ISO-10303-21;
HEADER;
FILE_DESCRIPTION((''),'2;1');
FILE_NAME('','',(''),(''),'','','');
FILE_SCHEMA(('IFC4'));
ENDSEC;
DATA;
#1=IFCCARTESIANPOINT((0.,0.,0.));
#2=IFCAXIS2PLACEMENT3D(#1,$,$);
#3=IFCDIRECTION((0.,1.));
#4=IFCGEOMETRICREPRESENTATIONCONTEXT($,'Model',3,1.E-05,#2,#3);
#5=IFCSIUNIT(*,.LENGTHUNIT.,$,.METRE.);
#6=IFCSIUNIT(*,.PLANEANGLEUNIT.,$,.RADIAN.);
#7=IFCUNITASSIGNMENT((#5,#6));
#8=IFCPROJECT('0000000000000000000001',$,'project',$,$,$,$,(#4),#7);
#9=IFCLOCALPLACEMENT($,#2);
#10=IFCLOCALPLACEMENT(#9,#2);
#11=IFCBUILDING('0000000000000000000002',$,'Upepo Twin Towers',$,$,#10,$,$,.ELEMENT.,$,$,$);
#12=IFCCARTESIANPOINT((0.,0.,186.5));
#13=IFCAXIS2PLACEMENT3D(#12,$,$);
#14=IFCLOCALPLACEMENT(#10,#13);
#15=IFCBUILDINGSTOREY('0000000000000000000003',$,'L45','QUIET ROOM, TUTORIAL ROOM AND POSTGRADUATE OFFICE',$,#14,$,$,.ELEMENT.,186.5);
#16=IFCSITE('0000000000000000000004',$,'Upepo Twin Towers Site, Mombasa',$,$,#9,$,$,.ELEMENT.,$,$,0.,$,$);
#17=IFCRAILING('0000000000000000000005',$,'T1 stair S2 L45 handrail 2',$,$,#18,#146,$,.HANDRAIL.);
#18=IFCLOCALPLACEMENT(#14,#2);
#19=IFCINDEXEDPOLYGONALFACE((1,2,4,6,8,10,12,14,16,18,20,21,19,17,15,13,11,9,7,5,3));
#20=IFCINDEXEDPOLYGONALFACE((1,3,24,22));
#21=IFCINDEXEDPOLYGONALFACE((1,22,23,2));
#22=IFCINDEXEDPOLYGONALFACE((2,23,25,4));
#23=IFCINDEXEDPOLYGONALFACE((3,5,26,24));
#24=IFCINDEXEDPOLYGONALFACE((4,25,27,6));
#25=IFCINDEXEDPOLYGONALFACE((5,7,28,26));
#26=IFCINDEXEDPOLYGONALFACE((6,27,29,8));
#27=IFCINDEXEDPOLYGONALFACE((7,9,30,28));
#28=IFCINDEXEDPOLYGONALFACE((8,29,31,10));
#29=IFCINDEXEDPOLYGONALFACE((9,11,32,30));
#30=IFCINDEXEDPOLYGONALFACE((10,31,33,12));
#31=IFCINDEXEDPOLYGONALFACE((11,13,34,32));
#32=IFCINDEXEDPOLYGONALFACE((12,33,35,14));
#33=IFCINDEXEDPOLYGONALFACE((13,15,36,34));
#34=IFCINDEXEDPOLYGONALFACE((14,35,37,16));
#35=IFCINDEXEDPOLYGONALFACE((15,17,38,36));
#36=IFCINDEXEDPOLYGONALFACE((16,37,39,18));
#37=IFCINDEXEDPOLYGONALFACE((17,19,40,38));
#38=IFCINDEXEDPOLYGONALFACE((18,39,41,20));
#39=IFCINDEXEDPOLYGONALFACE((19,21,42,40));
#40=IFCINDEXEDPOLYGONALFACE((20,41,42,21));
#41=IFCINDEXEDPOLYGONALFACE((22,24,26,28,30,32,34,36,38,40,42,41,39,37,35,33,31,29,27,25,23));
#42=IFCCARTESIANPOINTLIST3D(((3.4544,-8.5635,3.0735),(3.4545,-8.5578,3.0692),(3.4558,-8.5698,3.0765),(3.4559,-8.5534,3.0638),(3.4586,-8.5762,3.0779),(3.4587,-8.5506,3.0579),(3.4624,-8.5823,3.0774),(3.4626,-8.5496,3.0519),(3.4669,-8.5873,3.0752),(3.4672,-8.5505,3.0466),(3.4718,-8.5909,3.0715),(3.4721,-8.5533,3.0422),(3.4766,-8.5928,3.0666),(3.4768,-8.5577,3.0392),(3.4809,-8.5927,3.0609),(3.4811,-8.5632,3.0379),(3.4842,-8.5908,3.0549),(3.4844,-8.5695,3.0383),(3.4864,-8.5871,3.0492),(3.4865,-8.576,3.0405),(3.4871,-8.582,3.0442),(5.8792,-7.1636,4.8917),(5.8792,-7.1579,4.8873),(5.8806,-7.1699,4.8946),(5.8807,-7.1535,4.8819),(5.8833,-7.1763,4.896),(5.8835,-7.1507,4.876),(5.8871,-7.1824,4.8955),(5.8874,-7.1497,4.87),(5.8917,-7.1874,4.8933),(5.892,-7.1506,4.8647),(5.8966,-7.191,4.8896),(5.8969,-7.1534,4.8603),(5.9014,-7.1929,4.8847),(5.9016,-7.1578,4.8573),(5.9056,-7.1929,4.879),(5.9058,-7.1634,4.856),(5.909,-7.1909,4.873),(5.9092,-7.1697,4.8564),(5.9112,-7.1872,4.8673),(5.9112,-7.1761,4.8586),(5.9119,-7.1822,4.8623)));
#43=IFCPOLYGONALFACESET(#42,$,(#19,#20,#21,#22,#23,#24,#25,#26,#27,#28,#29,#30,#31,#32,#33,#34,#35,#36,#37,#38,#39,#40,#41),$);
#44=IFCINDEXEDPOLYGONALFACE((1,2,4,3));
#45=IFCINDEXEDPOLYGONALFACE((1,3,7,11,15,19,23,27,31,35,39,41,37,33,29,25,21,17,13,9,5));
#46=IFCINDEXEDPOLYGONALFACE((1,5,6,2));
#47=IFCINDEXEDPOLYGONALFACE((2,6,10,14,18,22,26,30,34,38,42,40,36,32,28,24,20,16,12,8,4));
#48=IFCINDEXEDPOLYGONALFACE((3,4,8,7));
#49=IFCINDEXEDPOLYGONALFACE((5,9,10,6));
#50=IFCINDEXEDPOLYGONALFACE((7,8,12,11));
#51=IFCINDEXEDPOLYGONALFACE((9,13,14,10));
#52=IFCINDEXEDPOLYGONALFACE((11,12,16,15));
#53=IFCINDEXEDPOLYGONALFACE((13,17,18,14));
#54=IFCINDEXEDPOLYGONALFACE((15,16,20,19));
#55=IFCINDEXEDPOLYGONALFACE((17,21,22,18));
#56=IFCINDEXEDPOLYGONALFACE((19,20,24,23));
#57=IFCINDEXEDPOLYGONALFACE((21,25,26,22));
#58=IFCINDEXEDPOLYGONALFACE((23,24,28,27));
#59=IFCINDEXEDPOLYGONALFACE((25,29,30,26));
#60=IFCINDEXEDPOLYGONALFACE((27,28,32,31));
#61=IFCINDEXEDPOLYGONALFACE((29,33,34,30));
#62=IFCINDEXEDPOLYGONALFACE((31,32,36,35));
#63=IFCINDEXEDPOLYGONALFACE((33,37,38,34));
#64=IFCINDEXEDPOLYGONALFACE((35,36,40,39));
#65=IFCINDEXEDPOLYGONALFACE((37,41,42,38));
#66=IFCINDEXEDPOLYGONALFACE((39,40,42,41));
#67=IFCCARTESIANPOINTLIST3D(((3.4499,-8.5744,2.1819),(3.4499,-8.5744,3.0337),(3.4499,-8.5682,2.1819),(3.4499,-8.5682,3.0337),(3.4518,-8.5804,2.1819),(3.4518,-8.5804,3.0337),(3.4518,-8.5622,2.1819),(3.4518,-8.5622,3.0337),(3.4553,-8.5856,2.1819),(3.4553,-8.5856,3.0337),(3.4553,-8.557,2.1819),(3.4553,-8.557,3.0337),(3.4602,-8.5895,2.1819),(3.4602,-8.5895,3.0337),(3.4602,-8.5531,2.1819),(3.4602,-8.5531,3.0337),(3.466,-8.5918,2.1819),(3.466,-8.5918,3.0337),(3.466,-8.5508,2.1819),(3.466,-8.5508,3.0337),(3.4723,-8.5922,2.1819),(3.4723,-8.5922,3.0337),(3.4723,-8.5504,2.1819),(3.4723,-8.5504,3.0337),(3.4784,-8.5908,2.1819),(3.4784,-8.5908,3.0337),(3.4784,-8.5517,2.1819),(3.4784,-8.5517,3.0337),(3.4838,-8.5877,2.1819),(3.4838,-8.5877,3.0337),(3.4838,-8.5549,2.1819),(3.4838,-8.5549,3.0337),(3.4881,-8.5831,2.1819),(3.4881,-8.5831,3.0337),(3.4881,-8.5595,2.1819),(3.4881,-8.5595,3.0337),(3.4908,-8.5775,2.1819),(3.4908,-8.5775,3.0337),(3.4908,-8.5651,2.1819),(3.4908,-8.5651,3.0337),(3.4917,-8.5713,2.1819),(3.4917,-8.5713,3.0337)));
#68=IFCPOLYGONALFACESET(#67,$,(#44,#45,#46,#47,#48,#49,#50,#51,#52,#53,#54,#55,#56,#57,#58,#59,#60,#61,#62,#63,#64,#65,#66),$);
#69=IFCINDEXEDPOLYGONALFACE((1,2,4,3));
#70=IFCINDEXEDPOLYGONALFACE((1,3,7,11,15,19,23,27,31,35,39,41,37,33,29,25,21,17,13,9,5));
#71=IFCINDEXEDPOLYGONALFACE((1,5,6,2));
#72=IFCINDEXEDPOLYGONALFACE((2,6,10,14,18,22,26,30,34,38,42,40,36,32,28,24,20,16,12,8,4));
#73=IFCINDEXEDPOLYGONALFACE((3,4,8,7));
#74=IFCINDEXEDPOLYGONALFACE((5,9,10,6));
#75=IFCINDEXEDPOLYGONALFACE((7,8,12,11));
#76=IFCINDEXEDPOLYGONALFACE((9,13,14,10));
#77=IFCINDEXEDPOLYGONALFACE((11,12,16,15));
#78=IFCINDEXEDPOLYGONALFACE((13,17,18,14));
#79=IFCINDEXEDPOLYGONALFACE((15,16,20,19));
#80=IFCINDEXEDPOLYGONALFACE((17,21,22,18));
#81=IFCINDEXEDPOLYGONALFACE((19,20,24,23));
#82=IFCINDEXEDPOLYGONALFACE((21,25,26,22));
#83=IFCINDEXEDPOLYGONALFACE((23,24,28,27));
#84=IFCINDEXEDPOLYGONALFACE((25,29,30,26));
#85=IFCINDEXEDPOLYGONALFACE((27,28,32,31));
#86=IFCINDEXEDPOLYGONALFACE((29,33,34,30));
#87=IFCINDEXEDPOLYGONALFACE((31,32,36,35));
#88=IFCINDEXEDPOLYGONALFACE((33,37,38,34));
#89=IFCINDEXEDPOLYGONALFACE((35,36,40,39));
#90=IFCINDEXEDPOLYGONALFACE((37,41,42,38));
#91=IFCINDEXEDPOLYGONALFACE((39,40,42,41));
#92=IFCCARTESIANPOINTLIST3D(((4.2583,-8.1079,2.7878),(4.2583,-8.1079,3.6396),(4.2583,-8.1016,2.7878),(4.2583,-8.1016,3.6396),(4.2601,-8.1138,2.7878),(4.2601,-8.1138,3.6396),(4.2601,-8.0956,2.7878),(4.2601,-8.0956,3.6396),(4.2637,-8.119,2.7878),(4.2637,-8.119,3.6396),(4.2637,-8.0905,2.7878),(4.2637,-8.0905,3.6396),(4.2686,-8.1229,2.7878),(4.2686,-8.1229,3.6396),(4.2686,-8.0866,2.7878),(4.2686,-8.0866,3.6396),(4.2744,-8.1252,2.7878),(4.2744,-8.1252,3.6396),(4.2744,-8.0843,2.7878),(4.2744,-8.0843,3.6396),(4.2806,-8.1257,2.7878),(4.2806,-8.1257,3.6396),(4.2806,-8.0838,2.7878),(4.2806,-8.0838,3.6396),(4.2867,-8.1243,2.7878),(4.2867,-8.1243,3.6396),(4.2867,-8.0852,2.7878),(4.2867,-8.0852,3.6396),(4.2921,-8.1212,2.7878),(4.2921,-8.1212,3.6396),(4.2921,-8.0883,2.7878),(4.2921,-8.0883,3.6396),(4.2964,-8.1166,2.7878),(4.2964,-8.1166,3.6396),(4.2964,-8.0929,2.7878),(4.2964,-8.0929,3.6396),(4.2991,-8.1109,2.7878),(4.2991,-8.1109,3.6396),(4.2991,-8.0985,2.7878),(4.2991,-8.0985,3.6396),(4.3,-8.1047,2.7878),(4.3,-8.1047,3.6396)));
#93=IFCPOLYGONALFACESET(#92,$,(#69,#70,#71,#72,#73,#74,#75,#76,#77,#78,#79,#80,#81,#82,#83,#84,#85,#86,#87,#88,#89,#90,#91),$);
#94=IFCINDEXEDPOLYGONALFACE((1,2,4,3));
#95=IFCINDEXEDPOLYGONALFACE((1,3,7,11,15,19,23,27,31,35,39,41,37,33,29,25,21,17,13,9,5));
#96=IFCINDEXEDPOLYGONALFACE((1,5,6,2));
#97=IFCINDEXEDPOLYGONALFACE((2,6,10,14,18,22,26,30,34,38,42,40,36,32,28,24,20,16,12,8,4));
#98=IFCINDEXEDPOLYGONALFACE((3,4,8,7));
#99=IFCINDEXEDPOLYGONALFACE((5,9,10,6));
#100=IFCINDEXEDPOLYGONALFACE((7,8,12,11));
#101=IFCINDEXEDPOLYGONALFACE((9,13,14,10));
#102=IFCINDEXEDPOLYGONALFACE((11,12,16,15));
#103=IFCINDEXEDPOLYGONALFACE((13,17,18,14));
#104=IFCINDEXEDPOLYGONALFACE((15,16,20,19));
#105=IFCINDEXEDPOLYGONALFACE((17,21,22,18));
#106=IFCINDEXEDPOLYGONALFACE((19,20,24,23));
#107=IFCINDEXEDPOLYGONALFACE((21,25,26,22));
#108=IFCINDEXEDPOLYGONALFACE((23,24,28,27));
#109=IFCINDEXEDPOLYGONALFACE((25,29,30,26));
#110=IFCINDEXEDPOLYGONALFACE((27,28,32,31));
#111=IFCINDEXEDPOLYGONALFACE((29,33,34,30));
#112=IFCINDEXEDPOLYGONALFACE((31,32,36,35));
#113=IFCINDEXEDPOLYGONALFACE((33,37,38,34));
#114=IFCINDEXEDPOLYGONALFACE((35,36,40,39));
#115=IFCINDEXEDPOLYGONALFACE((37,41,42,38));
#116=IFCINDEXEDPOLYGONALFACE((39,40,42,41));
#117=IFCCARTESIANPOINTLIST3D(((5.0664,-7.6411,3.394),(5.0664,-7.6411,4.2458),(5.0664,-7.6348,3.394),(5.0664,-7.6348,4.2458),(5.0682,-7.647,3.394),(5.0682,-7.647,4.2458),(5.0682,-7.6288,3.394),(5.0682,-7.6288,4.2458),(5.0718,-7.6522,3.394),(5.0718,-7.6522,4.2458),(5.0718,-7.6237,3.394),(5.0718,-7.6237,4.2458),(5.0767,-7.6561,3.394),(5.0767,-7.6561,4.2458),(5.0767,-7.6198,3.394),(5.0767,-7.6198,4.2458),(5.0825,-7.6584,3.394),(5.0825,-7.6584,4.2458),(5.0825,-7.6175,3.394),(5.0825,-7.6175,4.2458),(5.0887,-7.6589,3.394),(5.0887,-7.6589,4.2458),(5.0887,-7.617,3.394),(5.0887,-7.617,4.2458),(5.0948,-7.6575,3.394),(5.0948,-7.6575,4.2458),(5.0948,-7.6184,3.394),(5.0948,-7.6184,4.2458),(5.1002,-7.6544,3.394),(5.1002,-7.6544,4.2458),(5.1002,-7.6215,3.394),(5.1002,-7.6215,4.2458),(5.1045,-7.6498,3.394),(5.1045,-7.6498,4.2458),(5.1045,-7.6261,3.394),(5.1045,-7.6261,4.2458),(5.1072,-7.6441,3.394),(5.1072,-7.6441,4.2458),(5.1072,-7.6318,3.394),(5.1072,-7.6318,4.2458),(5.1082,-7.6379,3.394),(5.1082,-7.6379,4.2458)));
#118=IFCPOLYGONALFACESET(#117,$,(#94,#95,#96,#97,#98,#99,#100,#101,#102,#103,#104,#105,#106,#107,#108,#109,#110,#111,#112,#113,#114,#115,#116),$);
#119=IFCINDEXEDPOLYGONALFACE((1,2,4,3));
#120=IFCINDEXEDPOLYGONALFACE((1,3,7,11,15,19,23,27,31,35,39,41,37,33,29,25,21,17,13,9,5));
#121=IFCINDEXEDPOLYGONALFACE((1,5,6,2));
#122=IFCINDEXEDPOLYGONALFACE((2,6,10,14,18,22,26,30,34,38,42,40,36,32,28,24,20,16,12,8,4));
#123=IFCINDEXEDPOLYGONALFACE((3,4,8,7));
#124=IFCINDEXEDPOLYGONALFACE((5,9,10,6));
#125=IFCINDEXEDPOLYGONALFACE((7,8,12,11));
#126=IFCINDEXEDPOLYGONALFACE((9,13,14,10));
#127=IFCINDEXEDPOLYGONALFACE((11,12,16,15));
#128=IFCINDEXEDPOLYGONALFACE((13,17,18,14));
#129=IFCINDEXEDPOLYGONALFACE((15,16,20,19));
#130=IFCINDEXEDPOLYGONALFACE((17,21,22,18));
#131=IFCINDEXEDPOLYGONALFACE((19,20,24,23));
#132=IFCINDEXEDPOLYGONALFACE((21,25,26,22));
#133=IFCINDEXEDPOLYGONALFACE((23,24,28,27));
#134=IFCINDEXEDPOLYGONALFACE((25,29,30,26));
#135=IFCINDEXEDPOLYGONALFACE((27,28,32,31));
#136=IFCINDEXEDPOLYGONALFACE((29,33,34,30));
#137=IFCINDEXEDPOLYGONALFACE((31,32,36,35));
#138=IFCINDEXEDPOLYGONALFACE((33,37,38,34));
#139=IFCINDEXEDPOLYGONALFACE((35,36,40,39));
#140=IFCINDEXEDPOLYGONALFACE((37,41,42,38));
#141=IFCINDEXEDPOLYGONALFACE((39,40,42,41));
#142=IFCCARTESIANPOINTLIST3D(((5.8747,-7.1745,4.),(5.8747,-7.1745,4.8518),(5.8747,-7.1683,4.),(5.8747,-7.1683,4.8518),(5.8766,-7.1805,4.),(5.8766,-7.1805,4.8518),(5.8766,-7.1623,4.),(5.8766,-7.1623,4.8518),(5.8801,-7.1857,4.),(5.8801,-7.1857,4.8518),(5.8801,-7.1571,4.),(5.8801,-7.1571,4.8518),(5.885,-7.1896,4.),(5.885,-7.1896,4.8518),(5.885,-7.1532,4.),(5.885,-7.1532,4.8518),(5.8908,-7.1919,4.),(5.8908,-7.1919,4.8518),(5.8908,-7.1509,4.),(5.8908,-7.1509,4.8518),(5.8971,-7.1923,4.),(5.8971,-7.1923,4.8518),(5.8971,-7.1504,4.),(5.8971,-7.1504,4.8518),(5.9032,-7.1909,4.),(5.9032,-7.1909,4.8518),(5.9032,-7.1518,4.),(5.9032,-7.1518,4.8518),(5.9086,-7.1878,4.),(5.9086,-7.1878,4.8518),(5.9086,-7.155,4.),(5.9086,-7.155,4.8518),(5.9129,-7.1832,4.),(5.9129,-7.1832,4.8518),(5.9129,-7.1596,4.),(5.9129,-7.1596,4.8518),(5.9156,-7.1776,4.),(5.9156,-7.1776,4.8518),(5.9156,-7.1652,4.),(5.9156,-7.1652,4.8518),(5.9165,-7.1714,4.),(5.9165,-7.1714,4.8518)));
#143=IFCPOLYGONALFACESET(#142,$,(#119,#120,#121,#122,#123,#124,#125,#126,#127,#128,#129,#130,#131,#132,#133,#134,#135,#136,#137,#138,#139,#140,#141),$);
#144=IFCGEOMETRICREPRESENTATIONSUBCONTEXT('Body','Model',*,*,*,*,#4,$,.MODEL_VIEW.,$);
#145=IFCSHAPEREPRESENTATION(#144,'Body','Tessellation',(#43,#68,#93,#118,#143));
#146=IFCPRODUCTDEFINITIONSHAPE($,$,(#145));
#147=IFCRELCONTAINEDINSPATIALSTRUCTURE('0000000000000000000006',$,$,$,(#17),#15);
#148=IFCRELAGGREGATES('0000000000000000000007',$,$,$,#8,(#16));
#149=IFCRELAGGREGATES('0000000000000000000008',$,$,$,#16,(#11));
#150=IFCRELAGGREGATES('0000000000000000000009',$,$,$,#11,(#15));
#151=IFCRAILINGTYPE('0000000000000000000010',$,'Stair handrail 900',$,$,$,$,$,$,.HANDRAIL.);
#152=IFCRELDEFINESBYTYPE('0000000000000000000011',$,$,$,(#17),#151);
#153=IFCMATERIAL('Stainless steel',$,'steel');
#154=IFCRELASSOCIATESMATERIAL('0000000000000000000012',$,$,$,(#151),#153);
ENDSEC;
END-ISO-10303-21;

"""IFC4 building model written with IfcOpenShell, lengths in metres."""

from ifc_helpers import new_model, si_unit, direction, frame, origin, origin_2d, place, context, subcontext, project, spatial, circle, extrude, material, type_object, element, save


model = new_model("IFC4")

# Units and contexts
model_context = context("Model", 3, precision=1e-05, world=origin(), true_north=direction((0.0, 1.0)))
body_context = subcontext(model_context, "Body", "Model", "MODEL_VIEW")
ifc_project = project(units=[si_unit("LENGTHUNIT", "METRE"), si_unit("PLANEANGLEUNIT", "RADIAN")], contexts=[model_context])

# Site, building, storey
site_placement = place(None, origin())
site = spatial("IfcSite", under=ifc_project, at=site_placement, Name="Upepo Twin Towers Site, Mombasa", CompositionType="ELEMENT", RefElevation=0.0)
building_placement = place(site_placement, origin())
building = spatial("IfcBuilding", under=site, at=building_placement, Name="Upepo Twin Towers", CompositionType="ELEMENT")
storey_placement = place(building_placement, frame((0.0, 0.0, 186.5)))
storey = spatial("IfcBuildingStorey", under=building, at=storey_placement, Name="L45", Description="QUIET ROOM, TUTORIAL ROOM AND POSTGRADUATE OFFICE", CompositionType="ELEMENT", Elevation=186.5)

# Railing
ifc_material_1 = material(Name="Stainless steel", Category="steel")
railing_type = type_object("IfcRailingType", Name="Stair handrail 900", PredefinedType="HANDRAIL", material=ifc_material_1)
railing_1_placement = place(storey_placement, frame((3.4707, -8.5713, 2.1819)))
element("IfcRailing", 1, at=railing_1_placement, inside=storey, type_object=railing_type, Name="T1 stair S2 L45 handrail 2", PredefinedType="HANDRAIL", context=body_context, shape_type="SweptSolid", body=[
    extrude(circle(Radius=0.0239, at=origin_2d()), frame((0.0, 0.0, 0.876), z_axis=(0.726336, 0.419333, 0.544606), x_axis=(-0.499984, 0.866035, 0.0)), (0.0, 0.0, 1.0), 3.3384),
    extrude(circle(Radius=0.021, at=origin_2d()), origin(), (0.0, 0.0, 1.0), 0.8518),
    extrude(circle(Radius=0.021, at=origin_2d()), frame((0.8083, 0.4666, 0.606)), (0.0, 0.0, 1.0), 0.8518),
    extrude(circle(Radius=0.021, at=origin_2d()), frame((1.6165, 0.9333, 1.2122)), (0.0, 0.0, 1.0), 0.8518),
    extrude(circle(Radius=0.021, at=origin_2d()), frame((2.4248, 1.3999, 1.8181)), (0.0, 0.0, 1.0), 0.8518),
])

save(model, "model.ifc")
